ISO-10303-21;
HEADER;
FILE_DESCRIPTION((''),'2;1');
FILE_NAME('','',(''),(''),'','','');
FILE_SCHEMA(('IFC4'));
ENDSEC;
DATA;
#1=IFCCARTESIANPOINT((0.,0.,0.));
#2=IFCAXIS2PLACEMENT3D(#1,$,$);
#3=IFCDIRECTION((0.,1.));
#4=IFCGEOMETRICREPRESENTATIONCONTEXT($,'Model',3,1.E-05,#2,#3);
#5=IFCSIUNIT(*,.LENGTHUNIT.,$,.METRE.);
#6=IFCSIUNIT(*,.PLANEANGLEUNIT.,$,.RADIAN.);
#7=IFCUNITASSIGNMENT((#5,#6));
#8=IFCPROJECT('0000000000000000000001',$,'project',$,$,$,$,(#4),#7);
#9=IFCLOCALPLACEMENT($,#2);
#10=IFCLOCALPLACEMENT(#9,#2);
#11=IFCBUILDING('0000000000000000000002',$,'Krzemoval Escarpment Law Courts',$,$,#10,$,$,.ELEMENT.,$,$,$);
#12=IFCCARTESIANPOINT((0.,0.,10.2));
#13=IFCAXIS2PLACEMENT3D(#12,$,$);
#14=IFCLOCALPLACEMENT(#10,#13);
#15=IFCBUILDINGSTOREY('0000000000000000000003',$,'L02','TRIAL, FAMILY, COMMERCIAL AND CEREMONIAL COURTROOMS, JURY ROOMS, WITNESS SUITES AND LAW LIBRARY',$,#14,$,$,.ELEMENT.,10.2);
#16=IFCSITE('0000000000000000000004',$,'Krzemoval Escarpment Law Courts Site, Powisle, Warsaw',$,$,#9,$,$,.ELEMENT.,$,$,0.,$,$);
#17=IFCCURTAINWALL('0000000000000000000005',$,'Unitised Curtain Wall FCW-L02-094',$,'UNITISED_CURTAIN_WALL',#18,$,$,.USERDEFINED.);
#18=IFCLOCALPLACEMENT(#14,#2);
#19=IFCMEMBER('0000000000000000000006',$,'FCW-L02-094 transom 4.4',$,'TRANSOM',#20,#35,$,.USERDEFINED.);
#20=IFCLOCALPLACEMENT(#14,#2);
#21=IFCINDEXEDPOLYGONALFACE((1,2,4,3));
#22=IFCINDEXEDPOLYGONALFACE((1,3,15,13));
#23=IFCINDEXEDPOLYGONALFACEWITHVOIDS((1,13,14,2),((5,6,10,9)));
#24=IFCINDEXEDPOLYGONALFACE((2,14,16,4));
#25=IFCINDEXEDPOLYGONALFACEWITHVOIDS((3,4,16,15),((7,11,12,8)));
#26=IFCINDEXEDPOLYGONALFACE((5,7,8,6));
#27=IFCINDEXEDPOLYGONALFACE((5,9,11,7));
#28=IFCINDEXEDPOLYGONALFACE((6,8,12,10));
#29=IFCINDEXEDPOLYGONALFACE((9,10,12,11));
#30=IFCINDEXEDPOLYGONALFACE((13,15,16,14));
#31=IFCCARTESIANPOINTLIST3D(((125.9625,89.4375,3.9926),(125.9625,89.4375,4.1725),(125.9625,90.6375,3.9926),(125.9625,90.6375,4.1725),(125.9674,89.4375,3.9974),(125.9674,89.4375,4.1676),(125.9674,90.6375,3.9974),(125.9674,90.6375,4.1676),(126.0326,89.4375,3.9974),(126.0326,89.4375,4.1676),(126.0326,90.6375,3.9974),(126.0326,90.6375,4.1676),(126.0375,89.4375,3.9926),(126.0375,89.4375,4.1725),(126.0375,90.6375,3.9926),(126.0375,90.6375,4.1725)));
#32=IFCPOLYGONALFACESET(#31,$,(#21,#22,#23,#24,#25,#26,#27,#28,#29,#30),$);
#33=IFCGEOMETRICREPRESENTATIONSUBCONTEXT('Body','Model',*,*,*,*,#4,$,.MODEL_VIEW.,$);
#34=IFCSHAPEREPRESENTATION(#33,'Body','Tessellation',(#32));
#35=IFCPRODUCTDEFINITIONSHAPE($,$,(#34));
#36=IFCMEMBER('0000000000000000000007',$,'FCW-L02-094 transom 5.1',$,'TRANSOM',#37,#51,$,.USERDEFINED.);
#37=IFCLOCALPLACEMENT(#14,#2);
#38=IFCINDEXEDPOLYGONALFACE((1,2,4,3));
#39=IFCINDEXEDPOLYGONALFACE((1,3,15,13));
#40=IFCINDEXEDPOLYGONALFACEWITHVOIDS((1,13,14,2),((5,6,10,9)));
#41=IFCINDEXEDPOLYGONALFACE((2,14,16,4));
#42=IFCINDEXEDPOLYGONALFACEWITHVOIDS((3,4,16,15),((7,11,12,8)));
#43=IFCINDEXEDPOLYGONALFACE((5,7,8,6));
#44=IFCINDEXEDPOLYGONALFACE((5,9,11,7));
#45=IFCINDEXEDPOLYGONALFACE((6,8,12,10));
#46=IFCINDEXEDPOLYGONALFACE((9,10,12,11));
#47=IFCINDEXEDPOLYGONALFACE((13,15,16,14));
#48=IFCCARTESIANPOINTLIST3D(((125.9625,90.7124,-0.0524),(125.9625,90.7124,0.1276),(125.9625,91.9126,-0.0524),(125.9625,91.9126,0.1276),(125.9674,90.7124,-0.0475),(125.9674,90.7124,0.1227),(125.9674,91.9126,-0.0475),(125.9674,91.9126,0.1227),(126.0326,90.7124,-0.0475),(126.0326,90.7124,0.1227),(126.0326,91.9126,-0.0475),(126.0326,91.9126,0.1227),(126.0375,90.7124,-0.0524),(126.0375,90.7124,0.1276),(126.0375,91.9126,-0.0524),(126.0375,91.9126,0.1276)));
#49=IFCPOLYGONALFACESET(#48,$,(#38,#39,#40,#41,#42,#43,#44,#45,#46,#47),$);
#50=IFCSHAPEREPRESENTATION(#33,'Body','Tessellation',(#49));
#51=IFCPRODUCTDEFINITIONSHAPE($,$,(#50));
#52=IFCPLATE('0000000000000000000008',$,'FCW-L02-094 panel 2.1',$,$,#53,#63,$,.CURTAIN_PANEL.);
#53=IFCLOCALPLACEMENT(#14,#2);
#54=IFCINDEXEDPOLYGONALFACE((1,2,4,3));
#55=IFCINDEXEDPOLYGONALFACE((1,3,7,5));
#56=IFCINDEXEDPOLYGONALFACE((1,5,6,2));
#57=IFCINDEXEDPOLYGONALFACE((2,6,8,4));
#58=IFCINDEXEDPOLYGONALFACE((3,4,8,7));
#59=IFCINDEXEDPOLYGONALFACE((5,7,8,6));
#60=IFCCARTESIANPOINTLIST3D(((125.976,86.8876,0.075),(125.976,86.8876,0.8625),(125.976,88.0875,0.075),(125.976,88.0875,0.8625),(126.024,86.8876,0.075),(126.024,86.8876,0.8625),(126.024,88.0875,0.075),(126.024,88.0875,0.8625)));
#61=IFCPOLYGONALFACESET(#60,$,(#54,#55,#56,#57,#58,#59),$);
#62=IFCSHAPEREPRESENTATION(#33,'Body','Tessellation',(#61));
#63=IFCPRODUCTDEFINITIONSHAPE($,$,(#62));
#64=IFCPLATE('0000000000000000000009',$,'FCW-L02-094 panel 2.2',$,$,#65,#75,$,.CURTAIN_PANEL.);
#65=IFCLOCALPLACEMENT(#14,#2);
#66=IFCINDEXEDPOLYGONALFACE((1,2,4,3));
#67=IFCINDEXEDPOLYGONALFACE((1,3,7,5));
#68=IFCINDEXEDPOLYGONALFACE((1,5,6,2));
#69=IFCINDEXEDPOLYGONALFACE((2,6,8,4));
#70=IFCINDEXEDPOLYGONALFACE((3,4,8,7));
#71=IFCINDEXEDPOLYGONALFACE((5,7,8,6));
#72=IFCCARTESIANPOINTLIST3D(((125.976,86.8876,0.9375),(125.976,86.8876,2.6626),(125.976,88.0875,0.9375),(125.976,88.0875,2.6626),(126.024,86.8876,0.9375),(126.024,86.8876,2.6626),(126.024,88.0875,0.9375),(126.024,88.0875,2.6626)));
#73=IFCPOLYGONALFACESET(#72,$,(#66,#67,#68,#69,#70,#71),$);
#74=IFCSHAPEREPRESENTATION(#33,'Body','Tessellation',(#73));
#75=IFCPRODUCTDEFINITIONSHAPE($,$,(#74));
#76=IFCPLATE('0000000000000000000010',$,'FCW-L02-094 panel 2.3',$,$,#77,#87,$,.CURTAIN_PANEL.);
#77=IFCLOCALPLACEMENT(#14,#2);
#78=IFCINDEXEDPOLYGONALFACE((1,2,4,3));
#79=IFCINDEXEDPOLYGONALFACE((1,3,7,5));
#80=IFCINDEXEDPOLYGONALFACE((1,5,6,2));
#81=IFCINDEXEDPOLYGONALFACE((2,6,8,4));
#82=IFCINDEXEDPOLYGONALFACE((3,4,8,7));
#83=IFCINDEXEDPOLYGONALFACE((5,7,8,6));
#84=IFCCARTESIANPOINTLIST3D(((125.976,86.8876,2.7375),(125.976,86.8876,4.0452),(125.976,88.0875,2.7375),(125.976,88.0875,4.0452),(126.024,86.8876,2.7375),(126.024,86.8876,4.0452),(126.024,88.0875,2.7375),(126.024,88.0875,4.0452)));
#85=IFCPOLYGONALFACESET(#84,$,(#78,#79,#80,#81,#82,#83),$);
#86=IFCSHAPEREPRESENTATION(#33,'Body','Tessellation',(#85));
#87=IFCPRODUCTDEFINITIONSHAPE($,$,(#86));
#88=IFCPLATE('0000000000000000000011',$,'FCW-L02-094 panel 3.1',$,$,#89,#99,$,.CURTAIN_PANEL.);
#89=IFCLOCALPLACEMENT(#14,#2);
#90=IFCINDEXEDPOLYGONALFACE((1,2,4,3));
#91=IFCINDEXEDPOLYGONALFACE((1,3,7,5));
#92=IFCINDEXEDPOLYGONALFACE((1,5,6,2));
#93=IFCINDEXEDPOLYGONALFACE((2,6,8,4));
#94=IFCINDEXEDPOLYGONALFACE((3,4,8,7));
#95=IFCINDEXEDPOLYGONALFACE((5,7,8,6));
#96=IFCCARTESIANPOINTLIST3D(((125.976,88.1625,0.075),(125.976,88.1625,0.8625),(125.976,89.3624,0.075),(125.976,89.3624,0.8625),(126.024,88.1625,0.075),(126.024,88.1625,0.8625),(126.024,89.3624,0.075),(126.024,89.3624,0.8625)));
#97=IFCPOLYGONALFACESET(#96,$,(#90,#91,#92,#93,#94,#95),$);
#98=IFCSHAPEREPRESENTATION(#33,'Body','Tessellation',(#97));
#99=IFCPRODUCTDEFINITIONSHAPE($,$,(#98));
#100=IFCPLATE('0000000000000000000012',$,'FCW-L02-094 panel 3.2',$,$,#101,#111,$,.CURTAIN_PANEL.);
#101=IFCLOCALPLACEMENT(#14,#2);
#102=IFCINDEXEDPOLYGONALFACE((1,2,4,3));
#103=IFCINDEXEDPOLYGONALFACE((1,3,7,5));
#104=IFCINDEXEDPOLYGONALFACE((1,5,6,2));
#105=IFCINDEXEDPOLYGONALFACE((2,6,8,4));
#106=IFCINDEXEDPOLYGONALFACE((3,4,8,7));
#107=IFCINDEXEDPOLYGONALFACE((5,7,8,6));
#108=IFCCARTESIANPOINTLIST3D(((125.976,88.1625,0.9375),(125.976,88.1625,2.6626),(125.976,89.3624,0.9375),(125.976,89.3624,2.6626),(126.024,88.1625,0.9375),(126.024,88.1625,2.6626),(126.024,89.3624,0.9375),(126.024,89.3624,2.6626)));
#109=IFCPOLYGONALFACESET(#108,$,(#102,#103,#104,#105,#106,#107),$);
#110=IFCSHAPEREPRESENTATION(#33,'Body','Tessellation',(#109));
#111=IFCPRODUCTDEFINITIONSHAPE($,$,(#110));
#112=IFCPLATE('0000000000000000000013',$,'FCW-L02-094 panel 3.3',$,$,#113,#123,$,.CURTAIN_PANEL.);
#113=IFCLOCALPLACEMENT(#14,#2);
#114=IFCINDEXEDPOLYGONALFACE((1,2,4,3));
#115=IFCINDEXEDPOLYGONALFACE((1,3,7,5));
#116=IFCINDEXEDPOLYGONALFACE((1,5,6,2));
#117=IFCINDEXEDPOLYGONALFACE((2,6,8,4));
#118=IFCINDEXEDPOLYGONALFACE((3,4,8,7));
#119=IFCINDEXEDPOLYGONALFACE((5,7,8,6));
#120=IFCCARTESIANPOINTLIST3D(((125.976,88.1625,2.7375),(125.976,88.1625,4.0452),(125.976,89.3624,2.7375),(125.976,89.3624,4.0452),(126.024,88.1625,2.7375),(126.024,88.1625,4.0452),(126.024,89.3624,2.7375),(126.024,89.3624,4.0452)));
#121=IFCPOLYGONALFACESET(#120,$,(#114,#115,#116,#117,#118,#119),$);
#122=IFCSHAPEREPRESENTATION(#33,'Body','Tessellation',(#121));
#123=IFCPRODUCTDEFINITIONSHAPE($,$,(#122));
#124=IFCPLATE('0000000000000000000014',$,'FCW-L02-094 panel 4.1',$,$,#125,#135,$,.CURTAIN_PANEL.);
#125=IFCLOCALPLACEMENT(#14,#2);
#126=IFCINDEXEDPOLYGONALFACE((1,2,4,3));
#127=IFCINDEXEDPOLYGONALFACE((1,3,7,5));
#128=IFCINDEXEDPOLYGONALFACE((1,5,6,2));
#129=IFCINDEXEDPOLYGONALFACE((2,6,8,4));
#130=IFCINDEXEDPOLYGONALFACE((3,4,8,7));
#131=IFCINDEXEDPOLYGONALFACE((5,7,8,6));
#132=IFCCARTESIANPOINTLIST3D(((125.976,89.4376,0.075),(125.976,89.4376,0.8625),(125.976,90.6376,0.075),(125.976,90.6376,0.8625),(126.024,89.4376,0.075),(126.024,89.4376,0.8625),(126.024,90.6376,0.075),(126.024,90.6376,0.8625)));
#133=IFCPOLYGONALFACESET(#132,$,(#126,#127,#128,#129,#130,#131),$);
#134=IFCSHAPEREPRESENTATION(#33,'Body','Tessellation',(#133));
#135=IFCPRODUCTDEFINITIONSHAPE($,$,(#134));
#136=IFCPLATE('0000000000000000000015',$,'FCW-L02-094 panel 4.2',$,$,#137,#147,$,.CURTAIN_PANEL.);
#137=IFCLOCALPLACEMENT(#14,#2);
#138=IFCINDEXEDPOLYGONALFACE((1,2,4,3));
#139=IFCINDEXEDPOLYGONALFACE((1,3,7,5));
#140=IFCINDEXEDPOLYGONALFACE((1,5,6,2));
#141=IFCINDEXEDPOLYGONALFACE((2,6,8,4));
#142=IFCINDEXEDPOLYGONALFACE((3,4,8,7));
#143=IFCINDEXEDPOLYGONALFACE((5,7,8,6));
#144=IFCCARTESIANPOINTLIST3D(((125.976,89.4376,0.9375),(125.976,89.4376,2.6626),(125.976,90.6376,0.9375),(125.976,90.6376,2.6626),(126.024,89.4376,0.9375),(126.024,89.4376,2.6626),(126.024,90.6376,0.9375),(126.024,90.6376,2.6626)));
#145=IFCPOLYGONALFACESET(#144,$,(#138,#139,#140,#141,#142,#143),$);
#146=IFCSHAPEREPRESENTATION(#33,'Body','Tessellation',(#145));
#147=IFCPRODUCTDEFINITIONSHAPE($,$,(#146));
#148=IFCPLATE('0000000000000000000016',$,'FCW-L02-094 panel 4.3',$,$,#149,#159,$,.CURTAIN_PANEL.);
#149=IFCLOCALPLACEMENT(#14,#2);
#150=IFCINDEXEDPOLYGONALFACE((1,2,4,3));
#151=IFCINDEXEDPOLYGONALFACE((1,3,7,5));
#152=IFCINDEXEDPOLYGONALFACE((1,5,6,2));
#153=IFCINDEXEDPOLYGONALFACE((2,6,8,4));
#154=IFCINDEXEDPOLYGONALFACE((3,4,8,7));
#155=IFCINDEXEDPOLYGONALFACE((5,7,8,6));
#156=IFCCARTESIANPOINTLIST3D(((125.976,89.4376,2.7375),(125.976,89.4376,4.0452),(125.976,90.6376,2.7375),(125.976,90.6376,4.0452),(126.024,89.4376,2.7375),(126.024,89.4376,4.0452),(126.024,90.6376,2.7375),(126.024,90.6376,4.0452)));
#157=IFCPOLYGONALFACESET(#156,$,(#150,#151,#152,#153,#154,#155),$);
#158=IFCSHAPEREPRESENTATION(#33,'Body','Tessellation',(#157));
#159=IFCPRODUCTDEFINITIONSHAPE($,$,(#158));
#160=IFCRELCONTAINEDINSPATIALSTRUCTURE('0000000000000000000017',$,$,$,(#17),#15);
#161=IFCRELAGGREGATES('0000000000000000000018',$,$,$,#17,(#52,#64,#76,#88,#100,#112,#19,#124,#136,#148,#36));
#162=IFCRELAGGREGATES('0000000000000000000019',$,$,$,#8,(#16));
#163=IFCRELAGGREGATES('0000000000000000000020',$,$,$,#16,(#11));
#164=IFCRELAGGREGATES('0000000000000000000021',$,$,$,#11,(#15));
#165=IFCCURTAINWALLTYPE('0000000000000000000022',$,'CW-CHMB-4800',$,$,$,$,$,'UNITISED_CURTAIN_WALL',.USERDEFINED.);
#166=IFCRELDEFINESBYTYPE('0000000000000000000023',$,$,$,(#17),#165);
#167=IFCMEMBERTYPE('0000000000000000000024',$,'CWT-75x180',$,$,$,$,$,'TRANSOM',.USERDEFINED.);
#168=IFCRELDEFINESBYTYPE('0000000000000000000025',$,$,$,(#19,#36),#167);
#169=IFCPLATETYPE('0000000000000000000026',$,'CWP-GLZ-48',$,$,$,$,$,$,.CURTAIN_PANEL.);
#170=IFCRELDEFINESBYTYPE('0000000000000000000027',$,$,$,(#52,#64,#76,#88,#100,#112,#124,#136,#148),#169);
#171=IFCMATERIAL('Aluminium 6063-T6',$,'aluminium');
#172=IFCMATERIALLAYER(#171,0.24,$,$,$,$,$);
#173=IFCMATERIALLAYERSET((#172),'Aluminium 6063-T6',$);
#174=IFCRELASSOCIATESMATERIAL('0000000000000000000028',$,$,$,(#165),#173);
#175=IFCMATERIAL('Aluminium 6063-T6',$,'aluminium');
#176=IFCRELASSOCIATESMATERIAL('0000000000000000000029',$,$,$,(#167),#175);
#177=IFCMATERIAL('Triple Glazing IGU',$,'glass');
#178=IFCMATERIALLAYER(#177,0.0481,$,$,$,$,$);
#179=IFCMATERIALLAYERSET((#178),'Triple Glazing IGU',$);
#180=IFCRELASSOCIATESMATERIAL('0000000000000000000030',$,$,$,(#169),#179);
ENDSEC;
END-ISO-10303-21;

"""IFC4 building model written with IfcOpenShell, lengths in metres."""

from ifc_helpers import new_model, si_unit, direction, frame, origin, origin_2d, place, context, subcontext, project, spatial, rectangle, hollow_rectangle, extrude, material, layer, layer_set, material_profile, profile_set, type_object, element, aggregate, save


model = new_model("IFC4")

# Units and contexts
model_context = context("Model", 3, precision=1e-05, world=origin(), true_north=direction((0.0, 1.0)))
body_context = subcontext(model_context, "Body", "Model", "MODEL_VIEW")
ifc_project = project(units=[si_unit("LENGTHUNIT", "METRE"), si_unit("PLANEANGLEUNIT", "RADIAN")], contexts=[model_context])

# Site, building, storey
site_placement = place(None, origin())
site = spatial("IfcSite", under=ifc_project, at=site_placement, Name="Krzemoval Escarpment Law Courts Site, Powisle, Warsaw", CompositionType="ELEMENT", RefElevation=0.0)
building_placement = place(site_placement, origin())
building = spatial("IfcBuilding", under=site, at=building_placement, Name="Krzemoval Escarpment Law Courts", CompositionType="ELEMENT")
storey_placement = place(building_placement, frame((0.0, 0.0, 10.2)))
storey = spatial("IfcBuildingStorey", under=building, at=storey_placement, Name="L02", Description="TRIAL, FAMILY, COMMERCIAL AND CEREMONIAL COURTROOMS, JURY ROOMS, WITNESS SUITES AND LAW LIBRARY", CompositionType="ELEMENT", Elevation=10.2)

# Curtain wall, members, plates
ifc_material_1 = material(Name="Aluminium 6063-T6", Category="aluminium")
ifc_layer_1 = layer(ifc_material_1, 0.24)
ifc_layer_set_1 = layer_set([ifc_layer_1], Name="Aluminium 6063-T6")
curtain_wall_type = type_object("IfcCurtainWallType", Name="CW-CHMB-4800", ElementType="UNITISED_CURTAIN_WALL", PredefinedType="USERDEFINED", material=ifc_layer_set_1)
curtain_wall_placement = place(storey_placement, origin())
curtain_wall = element("IfcCurtainWall", 1, at=curtain_wall_placement, inside=storey, type_object=curtain_wall_type, Name="Unitised Curtain Wall FCW-L02-094", ObjectType="UNITISED_CURTAIN_WALL", PredefinedType="USERDEFINED")
ifc_material_2 = material(Name="Aluminium 6063-T6", Category="aluminium")
ifc_material_profile_1 = material_profile(ifc_material_2, hollow_rectangle(XDim=0.075, YDim=0.1799, WallThickness=0.0049, at=origin_2d()), Name="ALU T75x180")
ifc_profile_set_1 = profile_set([ifc_material_profile_1], Name="Aluminium 6063-T6")
member_type_1 = type_object("IfcMemberType", Name="CWT-75x180", ElementType="TRANSOM", PredefinedType="USERDEFINED", material=ifc_profile_set_1)
member_1_placement = place(storey_placement, frame((126.0, 89.4375, 4.0825), z_axis=(0.0, 1.0, 0.0), x_axis=(-1.0, 0.0, 0.0)))
member_1 = element("IfcMember", 2, at=member_1_placement, type_object=member_type_1, Name="FCW-L02-094 transom 4.4", ObjectType="TRANSOM", PredefinedType="USERDEFINED", context=body_context, shape_type="SweptSolid", body=[
    extrude(hollow_rectangle(XDim=0.075, YDim=0.1799, WallThickness=0.0049, at=origin_2d()), origin(), (0.0, 0.0, 1.0), 1.2),
])
member_2_placement = place(storey_placement, frame((126.0, 90.7124, 0.0376), z_axis=(0.0, 1.0, 0.0), x_axis=(-1.0, 0.0, 0.0)))
member_2 = element("IfcMember", 3, at=member_2_placement, type_object=member_type_1, Name="FCW-L02-094 transom 5.1", ObjectType="TRANSOM", PredefinedType="USERDEFINED", context=body_context, shape_type="SweptSolid", body=[
    extrude(hollow_rectangle(XDim=0.075, YDim=0.1799, WallThickness=0.0049, at=origin_2d()), origin(), (0.0, 0.0, 1.0), 1.2002),
])
ifc_material_3 = material(Name="Triple Glazing IGU", Category="glass")
ifc_layer_2 = layer(ifc_material_3, 0.0481)
ifc_layer_set_2 = layer_set([ifc_layer_2], Name="Triple Glazing IGU")
plate_type = type_object("IfcPlateType", Name="CWP-GLZ-48", PredefinedType="CURTAIN_PANEL", material=ifc_layer_set_2)
plate_1_placement = place(storey_placement, frame((126.0, 87.4875, 0.075), z_axis=(0.0, 0.0, 1.0), x_axis=(0.0, 1.0, 0.0)))
plate_1 = element("IfcPlate", 4, at=plate_1_placement, type_object=plate_type, Name="FCW-L02-094 panel 2.1", PredefinedType="CURTAIN_PANEL", context=body_context, shape_type="SweptSolid", body=[
    extrude(rectangle(XDim=1.2, YDim=0.0481, at=origin_2d()), origin(), (0.0, 0.0, 1.0), 0.7876),
])
plate_2_placement = place(storey_placement, frame((126.0, 87.4875, 0.9375), z_axis=(0.0, 0.0, 1.0), x_axis=(0.0, 1.0, 0.0)))
plate_2 = element("IfcPlate", 5, at=plate_2_placement, type_object=plate_type, Name="FCW-L02-094 panel 2.2", PredefinedType="CURTAIN_PANEL", context=body_context, shape_type="SweptSolid", body=[
    extrude(rectangle(XDim=1.2, YDim=0.0481, at=origin_2d()), origin(), (0.0, 0.0, 1.0), 1.7251),
])
plate_3_placement = place(storey_placement, frame((126.0, 87.4875, 2.7375), z_axis=(0.0, 0.0, 1.0), x_axis=(0.0, 1.0, 0.0)))
plate_3 = element("IfcPlate", 6, at=plate_3_placement, type_object=plate_type, Name="FCW-L02-094 panel 2.3", PredefinedType="CURTAIN_PANEL", context=body_context, shape_type="SweptSolid", body=[
    extrude(rectangle(XDim=1.2, YDim=0.0481, at=origin_2d()), origin(), (0.0, 0.0, 1.0), 1.3076),
])
plate_4_placement = place(storey_placement, frame((126.0, 88.7625, 0.075), z_axis=(0.0, 0.0, 1.0), x_axis=(0.0, 1.0, 0.0)))
plate_4 = element("IfcPlate", 7, at=plate_4_placement, type_object=plate_type, Name="FCW-L02-094 panel 3.1", PredefinedType="CURTAIN_PANEL", context=body_context, shape_type="SweptSolid", body=[
    extrude(rectangle(XDim=1.2, YDim=0.0481, at=origin_2d()), origin(), (0.0, 0.0, 1.0), 0.7876),
])
plate_5_placement = place(storey_placement, frame((126.0, 88.7625, 0.9375), z_axis=(0.0, 0.0, 1.0), x_axis=(0.0, 1.0, 0.0)))
plate_5 = element("IfcPlate", 8, at=plate_5_placement, type_object=plate_type, Name="FCW-L02-094 panel 3.2", PredefinedType="CURTAIN_PANEL", context=body_context, shape_type="SweptSolid", body=[
    extrude(rectangle(XDim=1.2, YDim=0.0481, at=origin_2d()), origin(), (0.0, 0.0, 1.0), 1.7251),
])
plate_6_placement = place(storey_placement, frame((126.0, 88.7625, 2.7375), z_axis=(0.0, 0.0, 1.0), x_axis=(0.0, 1.0, 0.0)))
plate_6 = element("IfcPlate", 9, at=plate_6_placement, type_object=plate_type, Name="FCW-L02-094 panel 3.3", PredefinedType="CURTAIN_PANEL", context=body_context, shape_type="SweptSolid", body=[
    extrude(rectangle(XDim=1.2, YDim=0.0481, at=origin_2d()), origin(), (0.0, 0.0, 1.0), 1.3076),
])
plate_7_placement = place(storey_placement, frame((126.0, 90.0376, 0.075), z_axis=(0.0, 0.0, 1.0), x_axis=(0.0, 1.0, 0.0)))
plate_7 = element("IfcPlate", 10, at=plate_7_placement, type_object=plate_type, Name="FCW-L02-094 panel 4.1", PredefinedType="CURTAIN_PANEL", context=body_context, shape_type="SweptSolid", body=[
    extrude(rectangle(XDim=1.2, YDim=0.0481, at=origin_2d()), origin(), (0.0, 0.0, 1.0), 0.7876),
])
plate_8_placement = place(storey_placement, frame((126.0, 90.0376, 0.9375), z_axis=(0.0, 0.0, 1.0), x_axis=(0.0, 1.0, 0.0)))
plate_8 = element("IfcPlate", 11, at=plate_8_placement, type_object=plate_type, Name="FCW-L02-094 panel 4.2", PredefinedType="CURTAIN_PANEL", context=body_context, shape_type="SweptSolid", body=[
    extrude(rectangle(XDim=1.2, YDim=0.0481, at=origin_2d()), origin(), (0.0, 0.0, 1.0), 1.7251),
])
plate_9_placement = place(storey_placement, frame((126.0, 90.0376, 2.7375), z_axis=(0.0, 0.0, 1.0), x_axis=(0.0, 1.0, 0.0)))
plate_9 = element("IfcPlate", 12, at=plate_9_placement, type_object=plate_type, Name="FCW-L02-094 panel 4.3", PredefinedType="CURTAIN_PANEL", context=body_context, shape_type="SweptSolid", body=[
    extrude(rectangle(XDim=1.2, YDim=0.0481, at=origin_2d()), origin(), (0.0, 0.0, 1.0), 1.3076),
])
aggregate(curtain_wall, [plate_1, plate_2, plate_3, plate_4, plate_5, plate_6, member_1, plate_7, plate_8, plate_9, member_2])

save(model, "model.ifc")
